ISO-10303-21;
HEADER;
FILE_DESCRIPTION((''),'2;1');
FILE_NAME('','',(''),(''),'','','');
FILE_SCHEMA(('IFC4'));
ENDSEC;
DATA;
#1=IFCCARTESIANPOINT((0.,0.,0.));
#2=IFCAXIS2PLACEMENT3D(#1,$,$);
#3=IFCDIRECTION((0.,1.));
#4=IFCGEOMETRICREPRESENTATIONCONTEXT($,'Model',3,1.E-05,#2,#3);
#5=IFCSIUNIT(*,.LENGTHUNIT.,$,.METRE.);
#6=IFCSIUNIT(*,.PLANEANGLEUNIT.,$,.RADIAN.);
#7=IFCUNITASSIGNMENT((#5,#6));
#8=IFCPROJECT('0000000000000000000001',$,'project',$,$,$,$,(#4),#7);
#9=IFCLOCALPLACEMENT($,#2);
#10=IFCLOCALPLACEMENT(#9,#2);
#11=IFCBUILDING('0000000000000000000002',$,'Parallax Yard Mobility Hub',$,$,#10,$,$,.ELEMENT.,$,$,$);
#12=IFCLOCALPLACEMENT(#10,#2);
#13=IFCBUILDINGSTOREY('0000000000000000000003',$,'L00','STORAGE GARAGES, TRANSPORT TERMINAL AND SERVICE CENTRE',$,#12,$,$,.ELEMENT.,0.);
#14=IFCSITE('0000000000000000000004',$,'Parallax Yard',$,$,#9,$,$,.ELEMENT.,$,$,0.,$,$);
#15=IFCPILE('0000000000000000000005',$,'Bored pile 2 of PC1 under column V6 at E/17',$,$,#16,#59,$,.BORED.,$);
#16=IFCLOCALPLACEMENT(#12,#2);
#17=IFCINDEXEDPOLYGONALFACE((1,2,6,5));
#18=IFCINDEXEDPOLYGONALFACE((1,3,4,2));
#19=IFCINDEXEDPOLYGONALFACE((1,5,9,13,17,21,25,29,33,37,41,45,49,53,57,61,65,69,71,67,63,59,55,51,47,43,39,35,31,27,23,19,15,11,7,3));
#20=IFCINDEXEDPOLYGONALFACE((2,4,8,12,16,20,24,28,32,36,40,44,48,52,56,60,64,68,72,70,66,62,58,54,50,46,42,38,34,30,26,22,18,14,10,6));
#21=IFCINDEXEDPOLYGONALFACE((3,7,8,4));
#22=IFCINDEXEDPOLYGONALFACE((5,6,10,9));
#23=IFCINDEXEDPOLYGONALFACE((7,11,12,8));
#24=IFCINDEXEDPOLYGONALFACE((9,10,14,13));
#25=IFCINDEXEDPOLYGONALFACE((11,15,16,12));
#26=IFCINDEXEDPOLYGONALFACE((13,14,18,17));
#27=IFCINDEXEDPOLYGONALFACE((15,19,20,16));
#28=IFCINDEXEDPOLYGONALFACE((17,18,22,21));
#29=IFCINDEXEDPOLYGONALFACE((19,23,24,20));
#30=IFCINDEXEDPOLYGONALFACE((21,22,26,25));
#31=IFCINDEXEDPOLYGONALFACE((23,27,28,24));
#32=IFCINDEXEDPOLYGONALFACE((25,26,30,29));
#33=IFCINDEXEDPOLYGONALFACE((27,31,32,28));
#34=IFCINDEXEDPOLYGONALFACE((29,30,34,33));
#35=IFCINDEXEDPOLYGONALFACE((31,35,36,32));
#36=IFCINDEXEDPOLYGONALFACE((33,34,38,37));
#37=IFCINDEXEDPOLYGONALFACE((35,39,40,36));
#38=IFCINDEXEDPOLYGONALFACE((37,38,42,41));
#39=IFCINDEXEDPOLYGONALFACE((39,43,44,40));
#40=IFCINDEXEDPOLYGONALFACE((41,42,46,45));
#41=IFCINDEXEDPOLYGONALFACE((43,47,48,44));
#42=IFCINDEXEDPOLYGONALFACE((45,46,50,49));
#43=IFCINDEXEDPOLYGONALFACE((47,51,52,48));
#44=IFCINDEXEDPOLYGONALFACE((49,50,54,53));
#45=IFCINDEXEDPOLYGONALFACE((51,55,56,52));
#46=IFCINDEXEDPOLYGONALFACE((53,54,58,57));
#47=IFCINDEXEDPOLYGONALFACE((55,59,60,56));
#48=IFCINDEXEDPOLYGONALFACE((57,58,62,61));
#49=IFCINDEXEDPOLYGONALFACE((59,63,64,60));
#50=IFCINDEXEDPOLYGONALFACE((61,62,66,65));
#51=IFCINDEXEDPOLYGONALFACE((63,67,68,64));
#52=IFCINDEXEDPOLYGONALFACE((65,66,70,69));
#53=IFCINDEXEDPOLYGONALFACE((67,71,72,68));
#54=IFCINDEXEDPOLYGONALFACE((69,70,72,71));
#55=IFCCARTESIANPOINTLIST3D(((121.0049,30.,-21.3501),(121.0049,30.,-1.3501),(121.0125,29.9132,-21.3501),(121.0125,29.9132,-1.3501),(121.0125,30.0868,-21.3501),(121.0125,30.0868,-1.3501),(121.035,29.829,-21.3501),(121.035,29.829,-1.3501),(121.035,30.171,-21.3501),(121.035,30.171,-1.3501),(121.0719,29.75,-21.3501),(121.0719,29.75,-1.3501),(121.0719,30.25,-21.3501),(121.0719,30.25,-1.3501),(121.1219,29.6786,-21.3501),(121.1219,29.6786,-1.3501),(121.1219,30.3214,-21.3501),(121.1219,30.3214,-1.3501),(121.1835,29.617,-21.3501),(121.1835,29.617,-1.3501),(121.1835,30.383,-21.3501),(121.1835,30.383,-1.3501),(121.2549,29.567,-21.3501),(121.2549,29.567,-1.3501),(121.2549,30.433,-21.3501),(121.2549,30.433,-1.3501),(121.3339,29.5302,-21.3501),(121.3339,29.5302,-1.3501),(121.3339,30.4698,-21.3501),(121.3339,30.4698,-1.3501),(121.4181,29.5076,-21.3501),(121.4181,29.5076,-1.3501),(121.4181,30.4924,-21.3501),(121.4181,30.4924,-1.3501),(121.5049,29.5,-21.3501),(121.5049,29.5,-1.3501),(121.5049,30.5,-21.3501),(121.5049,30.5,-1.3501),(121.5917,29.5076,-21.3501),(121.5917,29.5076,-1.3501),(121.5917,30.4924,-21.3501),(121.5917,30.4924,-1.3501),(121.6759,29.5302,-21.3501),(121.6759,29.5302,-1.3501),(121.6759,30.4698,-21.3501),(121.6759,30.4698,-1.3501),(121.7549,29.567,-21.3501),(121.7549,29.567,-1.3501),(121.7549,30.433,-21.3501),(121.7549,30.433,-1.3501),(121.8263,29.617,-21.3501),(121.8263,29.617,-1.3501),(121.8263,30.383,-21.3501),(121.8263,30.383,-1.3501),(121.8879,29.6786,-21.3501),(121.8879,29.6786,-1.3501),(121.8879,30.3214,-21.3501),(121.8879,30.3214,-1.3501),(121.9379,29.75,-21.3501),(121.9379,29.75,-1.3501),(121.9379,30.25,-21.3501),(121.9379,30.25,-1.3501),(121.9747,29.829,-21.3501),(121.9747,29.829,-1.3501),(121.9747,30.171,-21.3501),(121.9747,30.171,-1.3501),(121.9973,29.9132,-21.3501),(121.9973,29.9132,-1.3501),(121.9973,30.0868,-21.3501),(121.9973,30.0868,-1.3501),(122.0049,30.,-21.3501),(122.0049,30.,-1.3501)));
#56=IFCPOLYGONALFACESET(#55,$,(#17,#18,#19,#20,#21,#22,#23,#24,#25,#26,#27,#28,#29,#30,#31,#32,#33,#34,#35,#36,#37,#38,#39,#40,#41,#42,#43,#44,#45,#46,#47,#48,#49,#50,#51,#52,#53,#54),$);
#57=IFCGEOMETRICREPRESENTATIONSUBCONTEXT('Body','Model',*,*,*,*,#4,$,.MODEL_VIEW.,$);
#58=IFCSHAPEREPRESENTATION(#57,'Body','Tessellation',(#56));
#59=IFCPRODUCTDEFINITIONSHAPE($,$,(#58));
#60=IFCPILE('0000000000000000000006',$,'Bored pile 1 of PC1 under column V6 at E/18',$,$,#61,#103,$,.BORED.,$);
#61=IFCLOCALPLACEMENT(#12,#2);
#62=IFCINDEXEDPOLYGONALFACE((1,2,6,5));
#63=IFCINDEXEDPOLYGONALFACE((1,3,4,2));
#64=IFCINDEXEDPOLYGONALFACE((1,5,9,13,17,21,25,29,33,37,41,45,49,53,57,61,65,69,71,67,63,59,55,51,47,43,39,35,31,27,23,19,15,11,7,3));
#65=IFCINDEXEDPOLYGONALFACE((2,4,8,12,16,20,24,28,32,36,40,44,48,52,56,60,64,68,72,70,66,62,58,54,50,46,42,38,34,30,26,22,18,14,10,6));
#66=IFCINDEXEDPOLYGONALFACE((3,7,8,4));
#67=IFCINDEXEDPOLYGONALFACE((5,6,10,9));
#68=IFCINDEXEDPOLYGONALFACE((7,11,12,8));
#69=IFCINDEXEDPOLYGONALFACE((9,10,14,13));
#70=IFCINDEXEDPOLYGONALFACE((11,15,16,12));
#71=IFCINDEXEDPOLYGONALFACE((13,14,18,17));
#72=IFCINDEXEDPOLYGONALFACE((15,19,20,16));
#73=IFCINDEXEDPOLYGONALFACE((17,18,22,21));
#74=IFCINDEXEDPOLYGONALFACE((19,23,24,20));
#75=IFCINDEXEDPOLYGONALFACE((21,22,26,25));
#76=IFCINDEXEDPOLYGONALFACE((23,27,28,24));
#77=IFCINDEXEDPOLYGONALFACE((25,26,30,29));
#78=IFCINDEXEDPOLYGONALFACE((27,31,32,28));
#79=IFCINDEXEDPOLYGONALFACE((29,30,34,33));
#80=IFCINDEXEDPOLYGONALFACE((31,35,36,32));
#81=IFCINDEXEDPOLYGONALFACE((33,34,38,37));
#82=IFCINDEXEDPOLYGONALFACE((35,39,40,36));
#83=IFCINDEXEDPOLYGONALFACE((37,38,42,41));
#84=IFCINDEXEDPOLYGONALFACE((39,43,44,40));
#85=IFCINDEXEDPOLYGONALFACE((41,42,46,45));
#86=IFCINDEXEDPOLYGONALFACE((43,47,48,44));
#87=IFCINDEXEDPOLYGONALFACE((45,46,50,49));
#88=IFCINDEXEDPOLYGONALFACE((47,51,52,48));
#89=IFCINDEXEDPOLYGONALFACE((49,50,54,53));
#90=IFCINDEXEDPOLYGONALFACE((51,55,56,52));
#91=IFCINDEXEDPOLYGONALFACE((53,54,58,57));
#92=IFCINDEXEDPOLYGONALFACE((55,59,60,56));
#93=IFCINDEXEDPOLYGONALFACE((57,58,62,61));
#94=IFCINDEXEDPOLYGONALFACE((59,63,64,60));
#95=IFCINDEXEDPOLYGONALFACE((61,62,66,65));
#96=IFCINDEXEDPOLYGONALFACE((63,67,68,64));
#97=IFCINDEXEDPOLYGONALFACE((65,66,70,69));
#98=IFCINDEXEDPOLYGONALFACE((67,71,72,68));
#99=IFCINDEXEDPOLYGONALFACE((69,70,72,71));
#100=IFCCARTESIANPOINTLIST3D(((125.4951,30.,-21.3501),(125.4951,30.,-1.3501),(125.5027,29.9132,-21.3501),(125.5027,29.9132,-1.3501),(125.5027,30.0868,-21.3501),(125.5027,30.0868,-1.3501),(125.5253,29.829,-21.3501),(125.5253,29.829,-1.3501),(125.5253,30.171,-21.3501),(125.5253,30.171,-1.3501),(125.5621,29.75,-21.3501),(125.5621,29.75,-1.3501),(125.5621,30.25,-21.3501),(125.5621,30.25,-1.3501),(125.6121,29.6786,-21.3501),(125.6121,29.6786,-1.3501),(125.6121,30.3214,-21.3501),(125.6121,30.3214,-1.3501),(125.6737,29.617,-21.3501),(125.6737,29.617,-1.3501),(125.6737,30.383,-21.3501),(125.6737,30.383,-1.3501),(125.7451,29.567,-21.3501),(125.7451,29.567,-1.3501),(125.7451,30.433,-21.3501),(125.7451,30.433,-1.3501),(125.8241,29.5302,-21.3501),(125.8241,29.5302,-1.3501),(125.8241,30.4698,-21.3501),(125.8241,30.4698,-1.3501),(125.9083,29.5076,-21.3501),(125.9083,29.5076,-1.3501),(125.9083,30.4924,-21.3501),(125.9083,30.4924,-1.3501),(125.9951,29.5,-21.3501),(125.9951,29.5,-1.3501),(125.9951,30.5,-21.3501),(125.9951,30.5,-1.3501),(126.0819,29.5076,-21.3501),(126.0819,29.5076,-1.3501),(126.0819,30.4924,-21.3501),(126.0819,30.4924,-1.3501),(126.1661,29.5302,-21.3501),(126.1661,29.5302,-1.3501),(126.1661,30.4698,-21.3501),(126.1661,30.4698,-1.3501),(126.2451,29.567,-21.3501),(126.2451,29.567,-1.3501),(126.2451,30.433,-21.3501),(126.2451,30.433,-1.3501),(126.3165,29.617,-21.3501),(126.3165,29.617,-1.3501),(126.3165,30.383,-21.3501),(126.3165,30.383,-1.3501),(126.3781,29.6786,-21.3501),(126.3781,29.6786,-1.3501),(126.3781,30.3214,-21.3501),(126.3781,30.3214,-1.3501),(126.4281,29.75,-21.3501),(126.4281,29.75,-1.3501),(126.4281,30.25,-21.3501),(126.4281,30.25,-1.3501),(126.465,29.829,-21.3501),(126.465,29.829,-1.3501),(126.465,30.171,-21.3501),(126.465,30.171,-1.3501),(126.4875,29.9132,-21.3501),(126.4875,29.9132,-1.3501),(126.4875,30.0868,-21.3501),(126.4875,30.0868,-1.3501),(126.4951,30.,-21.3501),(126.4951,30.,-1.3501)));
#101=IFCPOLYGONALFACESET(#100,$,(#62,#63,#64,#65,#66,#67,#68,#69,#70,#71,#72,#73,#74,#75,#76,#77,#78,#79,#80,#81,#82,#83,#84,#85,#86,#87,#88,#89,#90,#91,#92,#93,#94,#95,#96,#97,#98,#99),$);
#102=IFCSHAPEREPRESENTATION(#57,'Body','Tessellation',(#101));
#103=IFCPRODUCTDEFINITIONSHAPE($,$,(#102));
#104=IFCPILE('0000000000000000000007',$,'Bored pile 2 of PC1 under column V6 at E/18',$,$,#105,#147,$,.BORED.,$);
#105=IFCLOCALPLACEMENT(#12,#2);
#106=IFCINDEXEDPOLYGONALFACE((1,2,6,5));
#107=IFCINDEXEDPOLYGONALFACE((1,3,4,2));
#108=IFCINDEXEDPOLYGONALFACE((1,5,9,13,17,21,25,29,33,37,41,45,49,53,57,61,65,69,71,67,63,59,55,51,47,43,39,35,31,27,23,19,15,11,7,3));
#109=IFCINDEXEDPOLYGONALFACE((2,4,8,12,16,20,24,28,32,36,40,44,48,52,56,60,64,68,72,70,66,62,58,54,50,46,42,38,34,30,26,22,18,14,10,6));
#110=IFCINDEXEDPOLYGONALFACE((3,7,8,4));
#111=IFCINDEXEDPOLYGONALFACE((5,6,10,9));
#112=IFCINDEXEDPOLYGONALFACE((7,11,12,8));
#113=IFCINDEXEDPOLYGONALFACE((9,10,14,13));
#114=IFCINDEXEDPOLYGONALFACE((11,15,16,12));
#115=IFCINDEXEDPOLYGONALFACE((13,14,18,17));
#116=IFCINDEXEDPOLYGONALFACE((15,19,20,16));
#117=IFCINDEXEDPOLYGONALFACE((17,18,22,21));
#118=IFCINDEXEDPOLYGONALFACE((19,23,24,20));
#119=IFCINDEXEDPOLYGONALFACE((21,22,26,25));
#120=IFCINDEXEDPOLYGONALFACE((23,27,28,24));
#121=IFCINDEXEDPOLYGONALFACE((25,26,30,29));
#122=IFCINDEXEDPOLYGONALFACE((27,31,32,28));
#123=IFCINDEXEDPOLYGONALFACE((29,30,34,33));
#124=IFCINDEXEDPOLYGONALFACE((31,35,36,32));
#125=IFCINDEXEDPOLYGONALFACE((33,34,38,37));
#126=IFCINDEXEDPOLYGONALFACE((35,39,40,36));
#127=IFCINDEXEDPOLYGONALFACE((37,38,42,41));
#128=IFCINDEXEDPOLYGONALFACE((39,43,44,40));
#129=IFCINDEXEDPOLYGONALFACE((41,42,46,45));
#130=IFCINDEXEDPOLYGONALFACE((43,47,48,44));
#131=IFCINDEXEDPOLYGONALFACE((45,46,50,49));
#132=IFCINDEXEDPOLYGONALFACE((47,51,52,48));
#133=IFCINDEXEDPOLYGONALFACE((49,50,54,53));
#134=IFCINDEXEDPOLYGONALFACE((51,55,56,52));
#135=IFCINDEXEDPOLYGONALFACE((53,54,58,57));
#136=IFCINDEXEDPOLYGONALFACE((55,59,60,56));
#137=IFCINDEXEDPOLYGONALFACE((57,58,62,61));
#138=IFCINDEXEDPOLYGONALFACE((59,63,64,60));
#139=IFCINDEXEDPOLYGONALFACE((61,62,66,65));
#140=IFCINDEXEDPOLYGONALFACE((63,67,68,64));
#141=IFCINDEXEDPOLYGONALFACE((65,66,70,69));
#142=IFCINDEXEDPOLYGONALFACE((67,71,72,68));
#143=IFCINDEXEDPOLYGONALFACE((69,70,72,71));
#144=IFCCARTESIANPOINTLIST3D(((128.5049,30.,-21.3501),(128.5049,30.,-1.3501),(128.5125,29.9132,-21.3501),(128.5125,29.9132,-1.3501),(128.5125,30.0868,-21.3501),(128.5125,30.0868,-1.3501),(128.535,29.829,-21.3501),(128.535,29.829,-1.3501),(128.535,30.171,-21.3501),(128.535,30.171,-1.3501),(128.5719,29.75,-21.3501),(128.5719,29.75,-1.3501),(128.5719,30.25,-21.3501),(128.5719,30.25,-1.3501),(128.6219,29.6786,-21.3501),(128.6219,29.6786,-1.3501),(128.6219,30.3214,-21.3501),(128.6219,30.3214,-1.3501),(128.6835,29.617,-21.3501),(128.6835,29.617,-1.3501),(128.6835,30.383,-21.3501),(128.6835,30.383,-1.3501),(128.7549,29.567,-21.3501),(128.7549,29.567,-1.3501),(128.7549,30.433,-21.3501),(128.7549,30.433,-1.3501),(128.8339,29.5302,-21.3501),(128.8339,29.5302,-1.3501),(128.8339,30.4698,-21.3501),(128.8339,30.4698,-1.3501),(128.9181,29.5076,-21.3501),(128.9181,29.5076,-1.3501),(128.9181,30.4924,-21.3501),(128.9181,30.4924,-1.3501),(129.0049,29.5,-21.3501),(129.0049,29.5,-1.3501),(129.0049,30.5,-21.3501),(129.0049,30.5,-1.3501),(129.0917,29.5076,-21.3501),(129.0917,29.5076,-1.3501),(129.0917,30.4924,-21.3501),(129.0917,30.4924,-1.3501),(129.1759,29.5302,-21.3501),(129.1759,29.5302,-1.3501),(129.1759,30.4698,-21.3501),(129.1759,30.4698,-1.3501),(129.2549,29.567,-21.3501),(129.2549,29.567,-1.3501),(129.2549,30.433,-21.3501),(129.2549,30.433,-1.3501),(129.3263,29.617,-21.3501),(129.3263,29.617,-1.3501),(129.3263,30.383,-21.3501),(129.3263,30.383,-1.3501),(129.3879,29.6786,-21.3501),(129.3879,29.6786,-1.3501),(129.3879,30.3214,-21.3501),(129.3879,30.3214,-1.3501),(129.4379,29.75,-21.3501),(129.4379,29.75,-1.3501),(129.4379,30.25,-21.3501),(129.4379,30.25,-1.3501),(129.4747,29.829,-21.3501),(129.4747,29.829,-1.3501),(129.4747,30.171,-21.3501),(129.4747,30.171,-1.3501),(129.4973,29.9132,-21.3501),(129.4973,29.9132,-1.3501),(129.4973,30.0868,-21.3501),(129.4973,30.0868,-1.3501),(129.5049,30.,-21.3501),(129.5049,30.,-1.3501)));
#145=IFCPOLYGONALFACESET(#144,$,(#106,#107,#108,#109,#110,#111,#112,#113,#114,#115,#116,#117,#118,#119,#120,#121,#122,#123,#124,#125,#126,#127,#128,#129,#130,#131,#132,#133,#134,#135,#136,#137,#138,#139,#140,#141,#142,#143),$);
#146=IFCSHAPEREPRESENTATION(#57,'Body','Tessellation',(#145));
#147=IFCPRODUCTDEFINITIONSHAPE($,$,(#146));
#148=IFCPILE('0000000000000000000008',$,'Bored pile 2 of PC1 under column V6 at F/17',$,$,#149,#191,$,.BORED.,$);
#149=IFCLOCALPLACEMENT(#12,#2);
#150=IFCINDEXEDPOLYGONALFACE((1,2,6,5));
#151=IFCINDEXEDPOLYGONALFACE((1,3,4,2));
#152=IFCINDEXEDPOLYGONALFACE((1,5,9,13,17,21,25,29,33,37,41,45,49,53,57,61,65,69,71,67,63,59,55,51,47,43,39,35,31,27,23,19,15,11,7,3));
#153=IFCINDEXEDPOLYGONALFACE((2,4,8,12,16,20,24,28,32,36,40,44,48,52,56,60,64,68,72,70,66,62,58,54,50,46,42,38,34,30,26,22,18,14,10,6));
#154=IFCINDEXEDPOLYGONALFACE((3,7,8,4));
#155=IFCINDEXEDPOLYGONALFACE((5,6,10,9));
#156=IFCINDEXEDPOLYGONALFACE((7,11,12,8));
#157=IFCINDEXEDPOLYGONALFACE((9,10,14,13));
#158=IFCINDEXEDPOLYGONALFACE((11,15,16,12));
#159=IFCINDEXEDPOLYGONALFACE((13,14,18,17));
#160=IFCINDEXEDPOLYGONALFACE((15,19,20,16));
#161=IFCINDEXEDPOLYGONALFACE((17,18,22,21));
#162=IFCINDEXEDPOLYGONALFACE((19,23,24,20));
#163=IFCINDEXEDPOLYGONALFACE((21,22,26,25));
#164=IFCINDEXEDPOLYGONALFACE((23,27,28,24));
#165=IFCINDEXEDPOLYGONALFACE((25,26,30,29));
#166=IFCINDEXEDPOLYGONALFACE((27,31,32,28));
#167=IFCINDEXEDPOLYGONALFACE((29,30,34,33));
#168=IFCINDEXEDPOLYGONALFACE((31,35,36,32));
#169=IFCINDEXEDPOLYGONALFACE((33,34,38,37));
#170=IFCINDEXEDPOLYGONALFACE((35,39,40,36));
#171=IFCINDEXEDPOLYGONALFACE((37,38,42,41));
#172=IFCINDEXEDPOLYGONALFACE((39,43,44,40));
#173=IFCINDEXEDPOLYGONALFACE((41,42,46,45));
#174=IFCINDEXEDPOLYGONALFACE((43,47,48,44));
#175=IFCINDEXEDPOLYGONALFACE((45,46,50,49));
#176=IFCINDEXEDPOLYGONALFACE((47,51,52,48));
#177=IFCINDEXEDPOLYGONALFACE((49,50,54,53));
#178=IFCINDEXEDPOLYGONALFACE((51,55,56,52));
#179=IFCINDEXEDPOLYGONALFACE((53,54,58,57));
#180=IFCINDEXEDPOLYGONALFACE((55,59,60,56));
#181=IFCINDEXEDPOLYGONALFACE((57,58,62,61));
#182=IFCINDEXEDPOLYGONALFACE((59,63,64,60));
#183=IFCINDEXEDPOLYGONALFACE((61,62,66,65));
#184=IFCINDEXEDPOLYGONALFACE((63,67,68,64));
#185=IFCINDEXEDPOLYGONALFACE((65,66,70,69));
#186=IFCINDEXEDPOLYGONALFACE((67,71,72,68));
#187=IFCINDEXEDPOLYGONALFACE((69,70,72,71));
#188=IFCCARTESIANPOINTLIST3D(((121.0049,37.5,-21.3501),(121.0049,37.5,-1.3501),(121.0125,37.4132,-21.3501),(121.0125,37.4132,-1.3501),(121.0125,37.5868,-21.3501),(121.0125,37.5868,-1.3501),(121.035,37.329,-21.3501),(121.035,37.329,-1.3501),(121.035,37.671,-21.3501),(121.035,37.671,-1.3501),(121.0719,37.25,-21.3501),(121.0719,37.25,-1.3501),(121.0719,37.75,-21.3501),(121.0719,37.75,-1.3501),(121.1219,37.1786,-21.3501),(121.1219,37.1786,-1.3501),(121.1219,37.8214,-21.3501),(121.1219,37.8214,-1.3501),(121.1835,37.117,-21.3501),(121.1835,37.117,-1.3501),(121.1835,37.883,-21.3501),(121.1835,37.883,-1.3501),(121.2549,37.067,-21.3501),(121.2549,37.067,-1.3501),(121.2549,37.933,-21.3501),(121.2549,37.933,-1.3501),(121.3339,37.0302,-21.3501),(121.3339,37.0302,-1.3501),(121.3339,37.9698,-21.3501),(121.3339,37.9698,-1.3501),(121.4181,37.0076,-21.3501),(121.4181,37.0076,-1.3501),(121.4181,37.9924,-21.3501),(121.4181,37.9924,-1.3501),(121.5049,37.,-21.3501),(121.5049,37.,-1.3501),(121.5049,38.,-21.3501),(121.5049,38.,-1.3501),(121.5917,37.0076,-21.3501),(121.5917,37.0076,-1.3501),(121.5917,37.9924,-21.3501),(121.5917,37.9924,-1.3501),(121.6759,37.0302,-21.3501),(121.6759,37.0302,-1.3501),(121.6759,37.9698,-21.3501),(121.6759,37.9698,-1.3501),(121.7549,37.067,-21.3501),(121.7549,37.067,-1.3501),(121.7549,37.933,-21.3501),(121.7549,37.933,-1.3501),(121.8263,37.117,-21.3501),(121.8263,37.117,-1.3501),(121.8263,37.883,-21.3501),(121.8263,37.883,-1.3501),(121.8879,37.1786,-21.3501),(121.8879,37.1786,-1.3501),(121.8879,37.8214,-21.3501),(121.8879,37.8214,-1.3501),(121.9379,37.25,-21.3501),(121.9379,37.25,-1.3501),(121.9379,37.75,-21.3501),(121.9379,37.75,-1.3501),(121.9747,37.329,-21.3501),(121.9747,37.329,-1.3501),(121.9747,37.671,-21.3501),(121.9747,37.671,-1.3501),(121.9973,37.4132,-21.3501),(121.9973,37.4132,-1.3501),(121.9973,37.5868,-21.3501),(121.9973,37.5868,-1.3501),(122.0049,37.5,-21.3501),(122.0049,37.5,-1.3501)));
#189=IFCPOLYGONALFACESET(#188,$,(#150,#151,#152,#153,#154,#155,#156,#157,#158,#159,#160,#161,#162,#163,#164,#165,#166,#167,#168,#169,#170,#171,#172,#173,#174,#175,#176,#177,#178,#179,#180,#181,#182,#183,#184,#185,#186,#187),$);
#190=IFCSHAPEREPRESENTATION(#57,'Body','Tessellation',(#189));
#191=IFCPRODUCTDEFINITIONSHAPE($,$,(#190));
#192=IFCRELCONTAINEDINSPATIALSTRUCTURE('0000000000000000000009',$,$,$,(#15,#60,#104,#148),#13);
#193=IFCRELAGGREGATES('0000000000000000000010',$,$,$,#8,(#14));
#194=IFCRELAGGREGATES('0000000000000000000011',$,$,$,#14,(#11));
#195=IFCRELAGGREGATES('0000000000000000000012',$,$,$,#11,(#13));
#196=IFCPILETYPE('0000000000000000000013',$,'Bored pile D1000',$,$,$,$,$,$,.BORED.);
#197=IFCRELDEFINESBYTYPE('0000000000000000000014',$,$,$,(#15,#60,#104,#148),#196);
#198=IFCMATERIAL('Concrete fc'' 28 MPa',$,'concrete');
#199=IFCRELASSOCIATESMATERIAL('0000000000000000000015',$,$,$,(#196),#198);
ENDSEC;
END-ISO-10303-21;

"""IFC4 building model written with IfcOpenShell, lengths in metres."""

from ifc_helpers import new_model, si_unit, direction, frame, origin, origin_2d, place, context, subcontext, project, spatial, circle, extrude, material, material_profile, profile_set, type_object, element, save


model = new_model("IFC4")

# Units and contexts
model_context = context("Model", 3, precision=1e-05, world=origin(), true_north=direction((0.0, 1.0)))
body_context = subcontext(model_context, "Body", "Model", "MODEL_VIEW")
ifc_project = project(units=[si_unit("LENGTHUNIT", "METRE"), si_unit("PLANEANGLEUNIT", "RADIAN")], contexts=[model_context])

# Site, building, storey
site_placement = place(None, origin())
site = spatial("IfcSite", under=ifc_project, at=site_placement, Name="Parallax Yard", CompositionType="ELEMENT", RefElevation=0.0)
building_placement = place(site_placement, origin())
building = spatial("IfcBuilding", under=site, at=building_placement, Name="Parallax Yard Mobility Hub", CompositionType="ELEMENT")
storey_placement = place(building_placement, origin())
storey = spatial("IfcBuildingStorey", under=building, at=storey_placement, Name="L00", Description="STORAGE GARAGES, TRANSPORT TERMINAL AND SERVICE CENTRE", CompositionType="ELEMENT", Elevation=0.0)

# Piles
ifc_material_1 = material(Name="Concrete fc' 28 MPa", Category="concrete")
ifc_material_profile_1 = material_profile(ifc_material_1, circle(Radius=0.5, at=origin_2d()), Name="Bored pile D1000")
ifc_profile_set_1 = profile_set([ifc_material_profile_1], Name="Concrete fc' 28 MPa")
pile_type = type_object("IfcPileType", Name="Bored pile D1000", PredefinedType="BORED", material=ifc_profile_set_1)
for number, where, z_axis, x_axis, name in (
    (1, (121.5049, 30.0, -1.3501), (0.0, 0.0, -1.0), (1.0, 0.0, 0.0), "Bored pile 2 of PC1 under column V6 at E/17"),
    (2, (125.9951, 30.0, -1.3501), (0.0, 0.0, -1.0), (1.0, 0.0, 0.0), "Bored pile 1 of PC1 under column V6 at E/18"),
    (3, (129.0049, 30.0, -1.3501), (0.0, 0.0, -1.0), (1.0, 0.0, 0.0), "Bored pile 2 of PC1 under column V6 at E/18"),
    (4, (121.5049, 37.5, -1.3501), (0.0, 0.0, -1.0), (1.0, 0.0, 0.0), "Bored pile 2 of PC1 under column V6 at F/17"),
):
    element("IfcPile", number, at=place(storey_placement, frame(where, z_axis=z_axis, x_axis=x_axis)), inside=storey, type_object=pile_type, Name=name, PredefinedType="BORED", context=body_context, shape_type="SweptSolid", body=[
        extrude(circle(Radius=0.5, at=origin_2d()), origin(), (0.0, 0.0, 1.0), 20.0),
    ])

save(model, "model.ifc")
